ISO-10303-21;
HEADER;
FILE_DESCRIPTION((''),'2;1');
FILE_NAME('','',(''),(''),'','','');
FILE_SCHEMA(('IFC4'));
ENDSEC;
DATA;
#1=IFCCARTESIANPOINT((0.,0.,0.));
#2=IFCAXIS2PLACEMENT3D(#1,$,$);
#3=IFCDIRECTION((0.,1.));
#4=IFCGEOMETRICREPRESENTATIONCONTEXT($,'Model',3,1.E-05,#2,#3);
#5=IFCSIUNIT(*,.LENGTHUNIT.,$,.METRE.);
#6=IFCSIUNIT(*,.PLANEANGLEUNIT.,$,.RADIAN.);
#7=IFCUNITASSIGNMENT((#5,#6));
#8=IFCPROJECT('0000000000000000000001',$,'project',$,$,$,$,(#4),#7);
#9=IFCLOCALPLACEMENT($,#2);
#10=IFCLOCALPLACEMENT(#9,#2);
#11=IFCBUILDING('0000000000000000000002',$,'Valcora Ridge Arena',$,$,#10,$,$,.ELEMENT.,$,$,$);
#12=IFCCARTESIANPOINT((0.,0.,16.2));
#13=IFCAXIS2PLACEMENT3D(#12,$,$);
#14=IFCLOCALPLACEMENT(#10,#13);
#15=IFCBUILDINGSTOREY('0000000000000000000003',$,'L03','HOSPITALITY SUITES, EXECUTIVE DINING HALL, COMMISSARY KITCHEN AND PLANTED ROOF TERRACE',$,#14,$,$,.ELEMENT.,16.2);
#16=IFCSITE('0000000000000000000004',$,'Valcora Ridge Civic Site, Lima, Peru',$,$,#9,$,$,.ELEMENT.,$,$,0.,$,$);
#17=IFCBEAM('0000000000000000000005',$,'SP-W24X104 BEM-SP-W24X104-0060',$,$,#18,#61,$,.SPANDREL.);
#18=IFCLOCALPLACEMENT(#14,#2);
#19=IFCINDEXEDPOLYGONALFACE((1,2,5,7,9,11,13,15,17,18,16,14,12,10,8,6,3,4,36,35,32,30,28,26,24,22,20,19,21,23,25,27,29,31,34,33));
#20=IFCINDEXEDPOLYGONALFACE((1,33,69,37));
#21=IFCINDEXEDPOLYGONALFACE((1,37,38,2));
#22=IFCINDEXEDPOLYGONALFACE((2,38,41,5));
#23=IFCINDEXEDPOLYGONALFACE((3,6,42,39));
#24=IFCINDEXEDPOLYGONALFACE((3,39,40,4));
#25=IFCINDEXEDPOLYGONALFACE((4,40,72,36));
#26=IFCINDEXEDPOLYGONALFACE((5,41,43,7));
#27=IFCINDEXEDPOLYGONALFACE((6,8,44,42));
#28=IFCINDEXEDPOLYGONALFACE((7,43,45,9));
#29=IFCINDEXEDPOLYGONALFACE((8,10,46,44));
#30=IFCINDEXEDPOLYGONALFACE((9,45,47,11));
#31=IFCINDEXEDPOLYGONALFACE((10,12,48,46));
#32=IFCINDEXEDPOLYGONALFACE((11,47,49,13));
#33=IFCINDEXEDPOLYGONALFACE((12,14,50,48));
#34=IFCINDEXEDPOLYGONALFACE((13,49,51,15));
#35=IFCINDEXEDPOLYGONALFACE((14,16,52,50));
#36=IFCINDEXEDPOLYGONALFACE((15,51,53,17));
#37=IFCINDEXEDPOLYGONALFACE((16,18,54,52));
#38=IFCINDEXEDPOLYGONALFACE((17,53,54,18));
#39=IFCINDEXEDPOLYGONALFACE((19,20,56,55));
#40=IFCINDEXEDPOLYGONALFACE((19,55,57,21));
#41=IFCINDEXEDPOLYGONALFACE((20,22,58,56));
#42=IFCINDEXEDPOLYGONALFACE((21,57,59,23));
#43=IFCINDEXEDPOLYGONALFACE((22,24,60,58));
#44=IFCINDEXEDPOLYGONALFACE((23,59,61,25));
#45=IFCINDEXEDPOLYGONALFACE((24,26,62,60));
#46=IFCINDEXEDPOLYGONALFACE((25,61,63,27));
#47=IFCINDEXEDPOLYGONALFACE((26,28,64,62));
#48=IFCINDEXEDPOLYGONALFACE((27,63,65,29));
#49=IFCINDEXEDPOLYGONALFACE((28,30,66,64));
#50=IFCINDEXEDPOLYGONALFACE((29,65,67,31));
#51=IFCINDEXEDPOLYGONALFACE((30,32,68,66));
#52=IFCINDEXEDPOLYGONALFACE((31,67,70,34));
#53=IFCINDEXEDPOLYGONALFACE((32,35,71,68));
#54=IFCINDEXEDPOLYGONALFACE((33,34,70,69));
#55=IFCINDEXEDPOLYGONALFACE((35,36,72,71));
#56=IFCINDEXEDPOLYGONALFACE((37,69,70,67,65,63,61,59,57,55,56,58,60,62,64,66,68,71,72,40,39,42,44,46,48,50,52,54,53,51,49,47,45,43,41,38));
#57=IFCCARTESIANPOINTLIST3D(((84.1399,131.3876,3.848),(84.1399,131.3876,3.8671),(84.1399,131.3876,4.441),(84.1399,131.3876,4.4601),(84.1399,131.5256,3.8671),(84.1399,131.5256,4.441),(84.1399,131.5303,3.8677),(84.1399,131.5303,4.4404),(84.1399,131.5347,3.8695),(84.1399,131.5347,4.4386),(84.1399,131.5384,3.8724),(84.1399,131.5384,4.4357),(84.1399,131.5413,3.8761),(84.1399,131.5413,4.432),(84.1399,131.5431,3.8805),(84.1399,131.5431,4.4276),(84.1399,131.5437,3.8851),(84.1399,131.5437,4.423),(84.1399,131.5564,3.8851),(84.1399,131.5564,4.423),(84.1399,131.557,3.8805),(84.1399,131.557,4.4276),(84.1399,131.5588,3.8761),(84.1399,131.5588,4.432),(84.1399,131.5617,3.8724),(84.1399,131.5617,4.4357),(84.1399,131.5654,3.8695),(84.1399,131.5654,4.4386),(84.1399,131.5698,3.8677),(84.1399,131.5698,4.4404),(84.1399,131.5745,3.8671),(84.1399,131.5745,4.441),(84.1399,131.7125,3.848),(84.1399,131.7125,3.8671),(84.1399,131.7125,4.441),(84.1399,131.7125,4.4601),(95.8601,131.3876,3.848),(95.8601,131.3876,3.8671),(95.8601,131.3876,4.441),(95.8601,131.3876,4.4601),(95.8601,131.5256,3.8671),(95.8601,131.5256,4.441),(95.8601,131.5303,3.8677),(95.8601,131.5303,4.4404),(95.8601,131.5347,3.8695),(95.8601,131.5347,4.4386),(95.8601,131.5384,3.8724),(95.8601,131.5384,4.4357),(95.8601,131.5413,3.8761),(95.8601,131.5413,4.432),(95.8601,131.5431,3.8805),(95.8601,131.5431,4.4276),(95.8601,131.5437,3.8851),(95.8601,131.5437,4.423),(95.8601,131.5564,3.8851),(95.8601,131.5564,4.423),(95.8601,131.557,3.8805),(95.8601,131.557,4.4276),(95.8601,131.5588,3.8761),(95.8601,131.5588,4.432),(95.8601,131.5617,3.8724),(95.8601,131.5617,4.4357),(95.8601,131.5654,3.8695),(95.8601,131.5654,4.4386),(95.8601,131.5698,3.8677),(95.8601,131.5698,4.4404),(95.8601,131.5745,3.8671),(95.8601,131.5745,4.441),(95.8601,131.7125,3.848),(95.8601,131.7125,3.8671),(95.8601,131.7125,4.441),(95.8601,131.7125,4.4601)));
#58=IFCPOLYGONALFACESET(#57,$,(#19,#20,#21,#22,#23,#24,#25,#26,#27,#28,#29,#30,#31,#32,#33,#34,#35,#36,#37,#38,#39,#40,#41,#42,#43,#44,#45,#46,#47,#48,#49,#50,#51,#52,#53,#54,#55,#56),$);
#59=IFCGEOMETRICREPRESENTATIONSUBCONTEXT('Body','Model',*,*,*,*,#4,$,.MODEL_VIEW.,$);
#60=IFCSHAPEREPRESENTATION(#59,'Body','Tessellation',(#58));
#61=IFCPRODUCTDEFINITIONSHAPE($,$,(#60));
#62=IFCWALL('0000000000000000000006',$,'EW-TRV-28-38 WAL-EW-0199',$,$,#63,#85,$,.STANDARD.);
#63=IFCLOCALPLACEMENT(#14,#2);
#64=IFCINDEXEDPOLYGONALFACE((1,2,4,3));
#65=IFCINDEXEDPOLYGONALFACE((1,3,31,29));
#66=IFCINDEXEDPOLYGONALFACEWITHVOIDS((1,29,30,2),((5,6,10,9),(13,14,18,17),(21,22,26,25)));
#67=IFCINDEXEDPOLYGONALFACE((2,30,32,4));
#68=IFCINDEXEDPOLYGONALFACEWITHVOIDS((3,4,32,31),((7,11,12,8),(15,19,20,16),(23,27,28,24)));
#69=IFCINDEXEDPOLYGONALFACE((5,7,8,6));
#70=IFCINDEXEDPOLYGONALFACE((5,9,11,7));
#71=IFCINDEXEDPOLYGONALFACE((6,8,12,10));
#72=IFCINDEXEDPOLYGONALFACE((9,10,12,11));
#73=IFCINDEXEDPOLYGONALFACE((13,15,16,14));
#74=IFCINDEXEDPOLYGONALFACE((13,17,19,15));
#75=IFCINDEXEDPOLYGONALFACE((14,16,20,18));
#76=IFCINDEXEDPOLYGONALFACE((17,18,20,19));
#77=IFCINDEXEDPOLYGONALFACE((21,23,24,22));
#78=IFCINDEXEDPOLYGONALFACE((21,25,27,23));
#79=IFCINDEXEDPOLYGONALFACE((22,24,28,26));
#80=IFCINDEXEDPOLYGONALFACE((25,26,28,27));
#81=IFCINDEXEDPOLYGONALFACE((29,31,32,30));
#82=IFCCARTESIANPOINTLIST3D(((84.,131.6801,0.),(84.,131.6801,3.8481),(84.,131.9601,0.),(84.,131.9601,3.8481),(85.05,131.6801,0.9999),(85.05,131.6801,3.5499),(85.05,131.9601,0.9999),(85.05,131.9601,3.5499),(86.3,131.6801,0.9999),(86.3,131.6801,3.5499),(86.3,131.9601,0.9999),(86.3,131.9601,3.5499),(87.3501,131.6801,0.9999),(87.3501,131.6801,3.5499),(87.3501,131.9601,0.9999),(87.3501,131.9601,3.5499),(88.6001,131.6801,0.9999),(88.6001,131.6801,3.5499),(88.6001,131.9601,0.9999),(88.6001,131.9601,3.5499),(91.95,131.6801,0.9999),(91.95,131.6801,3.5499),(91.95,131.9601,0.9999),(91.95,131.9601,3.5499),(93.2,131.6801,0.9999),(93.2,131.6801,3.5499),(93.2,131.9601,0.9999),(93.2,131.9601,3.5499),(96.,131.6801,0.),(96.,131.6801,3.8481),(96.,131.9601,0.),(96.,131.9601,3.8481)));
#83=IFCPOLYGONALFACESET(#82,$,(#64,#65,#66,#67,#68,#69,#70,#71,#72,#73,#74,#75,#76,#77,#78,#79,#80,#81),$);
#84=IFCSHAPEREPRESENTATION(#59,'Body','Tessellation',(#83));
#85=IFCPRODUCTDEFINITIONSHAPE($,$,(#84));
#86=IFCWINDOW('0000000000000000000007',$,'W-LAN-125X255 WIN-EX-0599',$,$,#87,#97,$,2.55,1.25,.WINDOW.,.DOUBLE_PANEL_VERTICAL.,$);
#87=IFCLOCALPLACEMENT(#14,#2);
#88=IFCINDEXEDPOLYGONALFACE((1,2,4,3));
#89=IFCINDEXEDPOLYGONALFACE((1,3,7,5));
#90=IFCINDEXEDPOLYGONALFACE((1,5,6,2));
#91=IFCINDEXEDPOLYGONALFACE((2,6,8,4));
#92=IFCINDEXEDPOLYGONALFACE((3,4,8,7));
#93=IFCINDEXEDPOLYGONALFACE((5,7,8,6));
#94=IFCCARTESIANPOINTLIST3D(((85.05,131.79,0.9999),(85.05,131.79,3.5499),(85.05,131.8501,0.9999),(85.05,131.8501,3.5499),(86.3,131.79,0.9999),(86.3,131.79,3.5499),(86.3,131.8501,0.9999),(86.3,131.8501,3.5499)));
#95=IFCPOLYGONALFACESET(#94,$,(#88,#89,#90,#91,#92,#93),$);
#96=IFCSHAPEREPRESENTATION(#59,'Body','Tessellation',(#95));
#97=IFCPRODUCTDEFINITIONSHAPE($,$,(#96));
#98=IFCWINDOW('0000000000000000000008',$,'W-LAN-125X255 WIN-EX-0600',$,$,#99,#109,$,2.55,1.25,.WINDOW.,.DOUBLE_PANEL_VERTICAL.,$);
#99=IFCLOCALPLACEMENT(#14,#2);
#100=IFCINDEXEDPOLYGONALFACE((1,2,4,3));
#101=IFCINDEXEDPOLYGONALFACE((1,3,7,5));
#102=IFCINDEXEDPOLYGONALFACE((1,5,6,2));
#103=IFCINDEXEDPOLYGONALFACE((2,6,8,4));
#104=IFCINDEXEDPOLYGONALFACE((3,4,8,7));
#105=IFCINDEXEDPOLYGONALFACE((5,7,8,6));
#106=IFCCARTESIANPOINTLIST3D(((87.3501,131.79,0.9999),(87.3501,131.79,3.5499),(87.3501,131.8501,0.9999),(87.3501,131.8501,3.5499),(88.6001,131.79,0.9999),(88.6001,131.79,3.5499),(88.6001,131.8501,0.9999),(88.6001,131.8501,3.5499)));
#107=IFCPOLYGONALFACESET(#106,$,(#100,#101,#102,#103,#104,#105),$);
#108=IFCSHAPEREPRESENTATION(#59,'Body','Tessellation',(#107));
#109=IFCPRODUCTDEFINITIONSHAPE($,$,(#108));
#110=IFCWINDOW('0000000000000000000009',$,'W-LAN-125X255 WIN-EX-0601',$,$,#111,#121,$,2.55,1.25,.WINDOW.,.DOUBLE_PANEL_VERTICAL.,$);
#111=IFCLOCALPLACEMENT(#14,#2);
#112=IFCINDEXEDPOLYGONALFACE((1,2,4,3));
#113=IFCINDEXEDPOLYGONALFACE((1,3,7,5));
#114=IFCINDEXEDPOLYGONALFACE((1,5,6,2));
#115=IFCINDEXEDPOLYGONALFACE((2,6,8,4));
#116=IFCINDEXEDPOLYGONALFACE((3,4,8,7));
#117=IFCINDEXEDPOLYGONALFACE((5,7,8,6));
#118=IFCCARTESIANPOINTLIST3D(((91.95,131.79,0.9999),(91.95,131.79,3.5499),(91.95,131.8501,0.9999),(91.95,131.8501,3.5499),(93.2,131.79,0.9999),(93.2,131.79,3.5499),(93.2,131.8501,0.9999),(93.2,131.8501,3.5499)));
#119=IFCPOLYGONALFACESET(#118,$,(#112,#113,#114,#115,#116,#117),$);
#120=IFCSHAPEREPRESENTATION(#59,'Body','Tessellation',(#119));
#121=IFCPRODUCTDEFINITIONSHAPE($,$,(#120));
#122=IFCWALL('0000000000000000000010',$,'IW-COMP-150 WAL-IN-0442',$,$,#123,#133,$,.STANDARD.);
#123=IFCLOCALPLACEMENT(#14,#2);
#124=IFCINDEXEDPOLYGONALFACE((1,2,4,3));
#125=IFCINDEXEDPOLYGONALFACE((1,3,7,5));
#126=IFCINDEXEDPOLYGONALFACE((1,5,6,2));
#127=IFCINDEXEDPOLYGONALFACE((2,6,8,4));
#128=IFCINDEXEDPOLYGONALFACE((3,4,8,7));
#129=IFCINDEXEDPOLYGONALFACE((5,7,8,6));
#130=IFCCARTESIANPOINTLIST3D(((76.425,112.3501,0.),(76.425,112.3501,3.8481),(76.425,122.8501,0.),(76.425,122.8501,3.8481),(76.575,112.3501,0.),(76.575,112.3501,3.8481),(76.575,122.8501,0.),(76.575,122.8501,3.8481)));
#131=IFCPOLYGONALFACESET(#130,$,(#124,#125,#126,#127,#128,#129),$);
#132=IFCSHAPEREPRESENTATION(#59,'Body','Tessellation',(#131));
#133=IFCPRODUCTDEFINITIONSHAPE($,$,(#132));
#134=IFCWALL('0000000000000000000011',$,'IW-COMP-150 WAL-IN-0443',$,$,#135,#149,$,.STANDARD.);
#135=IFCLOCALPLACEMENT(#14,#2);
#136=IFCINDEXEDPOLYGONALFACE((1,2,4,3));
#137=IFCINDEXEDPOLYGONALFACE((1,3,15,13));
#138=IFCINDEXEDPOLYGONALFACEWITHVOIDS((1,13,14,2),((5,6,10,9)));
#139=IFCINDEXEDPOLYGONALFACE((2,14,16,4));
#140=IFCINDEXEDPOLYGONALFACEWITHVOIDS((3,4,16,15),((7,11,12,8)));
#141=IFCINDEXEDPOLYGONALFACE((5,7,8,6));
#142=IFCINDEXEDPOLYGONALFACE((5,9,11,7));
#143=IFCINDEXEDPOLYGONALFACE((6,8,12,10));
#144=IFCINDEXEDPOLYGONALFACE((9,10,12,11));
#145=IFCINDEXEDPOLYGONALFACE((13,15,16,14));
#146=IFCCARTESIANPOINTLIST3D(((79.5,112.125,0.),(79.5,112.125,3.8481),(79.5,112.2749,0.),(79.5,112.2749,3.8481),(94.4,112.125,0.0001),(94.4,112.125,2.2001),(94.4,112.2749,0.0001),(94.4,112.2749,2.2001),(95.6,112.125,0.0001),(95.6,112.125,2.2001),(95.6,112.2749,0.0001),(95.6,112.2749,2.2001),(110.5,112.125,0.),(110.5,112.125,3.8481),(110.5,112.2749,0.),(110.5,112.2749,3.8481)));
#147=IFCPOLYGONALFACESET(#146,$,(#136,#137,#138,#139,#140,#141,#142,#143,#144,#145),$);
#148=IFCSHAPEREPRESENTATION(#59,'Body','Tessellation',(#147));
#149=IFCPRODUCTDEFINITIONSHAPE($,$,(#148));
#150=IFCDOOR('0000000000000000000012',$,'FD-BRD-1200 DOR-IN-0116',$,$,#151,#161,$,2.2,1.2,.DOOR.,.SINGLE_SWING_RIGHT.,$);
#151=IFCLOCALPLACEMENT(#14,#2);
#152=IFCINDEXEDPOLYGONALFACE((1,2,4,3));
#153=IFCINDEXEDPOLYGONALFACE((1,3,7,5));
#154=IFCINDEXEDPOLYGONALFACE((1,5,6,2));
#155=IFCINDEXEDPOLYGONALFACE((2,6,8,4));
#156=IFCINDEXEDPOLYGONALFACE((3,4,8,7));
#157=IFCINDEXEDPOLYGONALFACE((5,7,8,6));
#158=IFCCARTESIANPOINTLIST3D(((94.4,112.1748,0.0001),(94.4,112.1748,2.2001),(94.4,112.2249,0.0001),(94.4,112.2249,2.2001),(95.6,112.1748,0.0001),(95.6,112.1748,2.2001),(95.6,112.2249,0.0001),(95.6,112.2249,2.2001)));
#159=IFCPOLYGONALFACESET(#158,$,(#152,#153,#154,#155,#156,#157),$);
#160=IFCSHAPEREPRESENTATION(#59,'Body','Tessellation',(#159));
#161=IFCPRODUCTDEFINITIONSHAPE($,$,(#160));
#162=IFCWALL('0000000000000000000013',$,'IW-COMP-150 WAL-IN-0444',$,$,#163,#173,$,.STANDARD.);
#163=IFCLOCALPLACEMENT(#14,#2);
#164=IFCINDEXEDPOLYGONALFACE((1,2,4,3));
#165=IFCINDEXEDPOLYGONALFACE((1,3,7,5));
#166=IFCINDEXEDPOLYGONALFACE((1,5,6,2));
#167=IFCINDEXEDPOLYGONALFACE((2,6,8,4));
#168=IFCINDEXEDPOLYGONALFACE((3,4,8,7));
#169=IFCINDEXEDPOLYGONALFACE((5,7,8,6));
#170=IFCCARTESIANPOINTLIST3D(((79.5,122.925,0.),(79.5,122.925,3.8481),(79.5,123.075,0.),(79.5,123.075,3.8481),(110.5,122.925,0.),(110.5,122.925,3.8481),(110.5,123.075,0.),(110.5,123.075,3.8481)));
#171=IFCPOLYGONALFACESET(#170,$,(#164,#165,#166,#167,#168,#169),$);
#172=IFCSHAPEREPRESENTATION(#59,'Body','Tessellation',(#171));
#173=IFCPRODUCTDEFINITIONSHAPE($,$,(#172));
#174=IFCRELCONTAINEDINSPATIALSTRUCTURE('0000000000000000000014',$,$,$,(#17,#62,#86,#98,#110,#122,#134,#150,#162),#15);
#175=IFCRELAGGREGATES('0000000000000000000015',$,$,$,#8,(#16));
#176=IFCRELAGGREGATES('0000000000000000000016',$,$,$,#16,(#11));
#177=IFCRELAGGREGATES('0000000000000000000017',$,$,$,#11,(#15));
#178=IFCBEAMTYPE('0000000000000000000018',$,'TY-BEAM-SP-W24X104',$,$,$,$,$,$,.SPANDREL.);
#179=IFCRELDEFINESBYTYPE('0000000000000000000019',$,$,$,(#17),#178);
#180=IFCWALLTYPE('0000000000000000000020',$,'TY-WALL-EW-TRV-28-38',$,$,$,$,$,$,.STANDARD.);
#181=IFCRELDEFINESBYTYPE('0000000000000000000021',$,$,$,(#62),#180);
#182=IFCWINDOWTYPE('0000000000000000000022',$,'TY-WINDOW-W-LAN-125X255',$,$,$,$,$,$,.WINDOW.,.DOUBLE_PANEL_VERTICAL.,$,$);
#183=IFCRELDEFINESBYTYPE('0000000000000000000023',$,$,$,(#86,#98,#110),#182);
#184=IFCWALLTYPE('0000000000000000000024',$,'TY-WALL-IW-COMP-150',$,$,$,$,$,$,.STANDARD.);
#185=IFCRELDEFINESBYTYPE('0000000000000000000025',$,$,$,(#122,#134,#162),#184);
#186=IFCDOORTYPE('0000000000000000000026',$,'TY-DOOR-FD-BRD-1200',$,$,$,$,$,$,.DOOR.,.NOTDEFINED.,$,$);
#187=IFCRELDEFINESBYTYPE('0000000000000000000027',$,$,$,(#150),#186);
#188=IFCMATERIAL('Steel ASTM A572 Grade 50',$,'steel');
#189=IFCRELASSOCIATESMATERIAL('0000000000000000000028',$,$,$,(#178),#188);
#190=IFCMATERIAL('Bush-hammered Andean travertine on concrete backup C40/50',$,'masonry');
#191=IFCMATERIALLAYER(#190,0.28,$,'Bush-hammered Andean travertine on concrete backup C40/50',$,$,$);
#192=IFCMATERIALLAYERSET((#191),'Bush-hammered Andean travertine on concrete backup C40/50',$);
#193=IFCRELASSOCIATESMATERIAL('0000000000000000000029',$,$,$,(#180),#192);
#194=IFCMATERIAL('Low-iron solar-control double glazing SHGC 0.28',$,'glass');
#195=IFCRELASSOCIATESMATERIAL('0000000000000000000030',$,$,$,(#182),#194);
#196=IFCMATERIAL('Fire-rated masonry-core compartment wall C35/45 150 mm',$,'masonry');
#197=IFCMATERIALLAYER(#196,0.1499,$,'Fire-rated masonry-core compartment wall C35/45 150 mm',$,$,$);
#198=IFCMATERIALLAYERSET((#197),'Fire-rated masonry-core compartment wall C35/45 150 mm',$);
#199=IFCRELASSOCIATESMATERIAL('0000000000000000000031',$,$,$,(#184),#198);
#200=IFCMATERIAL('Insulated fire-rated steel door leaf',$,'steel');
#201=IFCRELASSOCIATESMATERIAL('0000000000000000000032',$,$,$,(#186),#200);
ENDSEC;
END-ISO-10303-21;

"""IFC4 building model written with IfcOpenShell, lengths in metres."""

from ifc_helpers import new_model, si_unit, direction, frame, frame_2d, origin, origin_2d, place, context, subcontext, project, spatial, rectangle, i_section, extrude, material, layer, layer_set, material_profile, profile_set, type_object, element, fill, save


model = new_model("IFC4")

# Units and contexts
model_context = context("Model", 3, precision=1e-05, world=origin(), true_north=direction((0.0, 1.0)))
body_context = subcontext(model_context, "Body", "Model", "MODEL_VIEW")
ifc_project = project(units=[si_unit("LENGTHUNIT", "METRE"), si_unit("PLANEANGLEUNIT", "RADIAN")], contexts=[model_context])

# Site, building, storey
site_placement = place(None, origin())
site = spatial("IfcSite", under=ifc_project, at=site_placement, Name="Valcora Ridge Civic Site, Lima, Peru", CompositionType="ELEMENT", RefElevation=0.0)
building_placement = place(site_placement, origin())
building = spatial("IfcBuilding", under=site, at=building_placement, Name="Valcora Ridge Arena", CompositionType="ELEMENT")
storey_placement = place(building_placement, frame((0.0, 0.0, 16.2)))
storey = spatial("IfcBuildingStorey", under=building, at=storey_placement, Name="L03", Description="HOSPITALITY SUITES, EXECUTIVE DINING HALL, COMMISSARY KITCHEN AND PLANTED ROOF TERRACE", CompositionType="ELEMENT", Elevation=16.2)

# Beam
ifc_material_1 = material(Name="Steel ASTM A572 Grade 50", Category="steel")
ifc_material_profile_1 = material_profile(ifc_material_1, i_section(OverallWidth=0.325, OverallDepth=0.6121, WebThickness=0.0127, FlangeThickness=0.019, FilletRadius=0.0181, at=origin_2d()), Name="W24X104")
ifc_profile_set_1 = profile_set([ifc_material_profile_1], Name="Steel ASTM A572 Grade 50")
beam_type_1 = type_object("IfcBeamType", Name="TY-BEAM-SP-W24X104", PredefinedType="SPANDREL", material=ifc_profile_set_1)
beam_1_placement = place(storey_placement, frame((84.1399, 131.55, 4.1541), z_axis=(1.0, 0.0, 0.0), x_axis=(0.0, 1.0, 0.0)))
element("IfcBeam", 1, at=beam_1_placement, inside=storey, type_object=beam_type_1, Name="SP-W24X104 BEM-SP-W24X104-0060", PredefinedType="SPANDREL", context=body_context, shape_type="SweptSolid", body=[
    extrude(i_section(OverallWidth=0.325, OverallDepth=0.6121, WebThickness=0.0127, FlangeThickness=0.019, FilletRadius=0.0181, at=origin_2d()), origin(), (0.0, 0.0, 1.0), 11.7202),
])

# Wall, openings, windows
ifc_material_2 = material(Name="Bush-hammered Andean travertine on concrete backup C40/50", Category="masonry")
ifc_layer_1 = layer(ifc_material_2, 0.28, Name="Bush-hammered Andean travertine on concrete backup C40/50")
ifc_layer_set_1 = layer_set([ifc_layer_1], Name="Bush-hammered Andean travertine on concrete backup C40/50")
wall_type_1 = type_object("IfcWallType", Name="TY-WALL-EW-TRV-28-38", PredefinedType="STANDARD", material=ifc_layer_set_1)
wall_1_placement = place(storey_placement, frame((84.0, 131.8201, 0.0), z_axis=(0.0, 0.0, 1.0), x_axis=(1.0, 0.0, 0.0)))
wall_1 = element("IfcWall", 2, at=wall_1_placement, inside=storey, type_object=wall_type_1, Name="EW-TRV-28-38 WAL-EW-0199", PredefinedType="STANDARD", context=body_context, shape_type="SweptSolid", body=[
    extrude(rectangle(XDim=12.0, YDim=0.28, at=frame_2d((6.0, 0.0))), origin(), (0.0, 0.0, 1.0), 3.8481),
])
opening_1_placement = place(wall_1_placement, frame((1.05, 0.0, 1.0)))
opening_1 = element("IfcOpeningElement", 3, at=opening_1_placement, cuts=wall_1, PredefinedType="OPENING", context=body_context, shape_type="SweptSolid", body=[
    extrude(rectangle(XDim=1.25, YDim=2.55, at=frame_2d((0.625, 1.2749))), frame((0.0, 0.1499, 0.0), z_axis=(0.0, -1.0, 0.0), x_axis=(1.0, 0.0, 0.0)), (0.0, 0.0, 1.0), 0.3),
])
opening_2_placement = place(wall_1_placement, frame((3.3501, 0.0, 1.0)))
opening_2 = element("IfcOpeningElement", 4, at=opening_2_placement, cuts=wall_1, PredefinedType="OPENING", context=body_context, shape_type="SweptSolid", body=[
    extrude(rectangle(XDim=1.25, YDim=2.55, at=frame_2d((0.625, 1.2749))), frame((0.0, 0.1499, 0.0), z_axis=(0.0, -1.0, 0.0), x_axis=(1.0, 0.0, 0.0)), (0.0, 0.0, 1.0), 0.3),
])
opening_3_placement = place(wall_1_placement, frame((7.95, 0.0, 1.0)))
opening_3 = element("IfcOpeningElement", 5, at=opening_3_placement, cuts=wall_1, PredefinedType="OPENING", context=body_context, shape_type="SweptSolid", body=[
    extrude(rectangle(XDim=1.25, YDim=2.55, at=frame_2d((0.625, 1.2749))), frame((0.0, 0.1499, 0.0), z_axis=(0.0, -1.0, 0.0), x_axis=(1.0, 0.0, 0.0)), (0.0, 0.0, 1.0), 0.3),
])
ifc_material_3 = material(Name="Low-iron solar-control double glazing SHGC 0.28", Category="glass")
window_type = type_object("IfcWindowType", Name="TY-WINDOW-W-LAN-125X255", PartitioningType="DOUBLE_PANEL_VERTICAL", PredefinedType="WINDOW", material=ifc_material_3)
window_1_placement = place(opening_1_placement, origin())
window_1 = element("IfcWindow", 6, at=window_1_placement, inside=storey, type_object=window_type, Name="W-LAN-125X255 WIN-EX-0599", OverallHeight=2.55, OverallWidth=1.25, PartitioningType="DOUBLE_PANEL_VERTICAL", PredefinedType="WINDOW", context=body_context, shape_type="SweptSolid", body=[
    extrude(rectangle(XDim=1.25, YDim=2.55, at=frame_2d((0.625, 1.2749))), frame((0.0, 0.03, 0.0), z_axis=(0.0, -1.0, 0.0), x_axis=(1.0, 0.0, 0.0)), (0.0, 0.0, 1.0), 0.0601),
])
fill(opening_1, window_1)
window_2_placement = place(opening_2_placement, origin())
window_2 = element("IfcWindow", 7, at=window_2_placement, inside=storey, type_object=window_type, Name="W-LAN-125X255 WIN-EX-0600", OverallHeight=2.55, OverallWidth=1.25, PartitioningType="DOUBLE_PANEL_VERTICAL", PredefinedType="WINDOW", context=body_context, shape_type="SweptSolid", body=[
    extrude(rectangle(XDim=1.25, YDim=2.55, at=frame_2d((0.625, 1.2749))), frame((0.0, 0.03, 0.0), z_axis=(0.0, -1.0, 0.0), x_axis=(1.0, 0.0, 0.0)), (0.0, 0.0, 1.0), 0.0601),
])
fill(opening_2, window_2)
window_3_placement = place(opening_3_placement, origin())
window_3 = element("IfcWindow", 8, at=window_3_placement, inside=storey, type_object=window_type, Name="W-LAN-125X255 WIN-EX-0601", OverallHeight=2.55, OverallWidth=1.25, PartitioningType="DOUBLE_PANEL_VERTICAL", PredefinedType="WINDOW", context=body_context, shape_type="SweptSolid", body=[
    extrude(rectangle(XDim=1.25, YDim=2.55, at=frame_2d((0.625, 1.2749))), frame((0.0, 0.03, 0.0), z_axis=(0.0, -1.0, 0.0), x_axis=(1.0, 0.0, 0.0)), (0.0, 0.0, 1.0), 0.0601),
])
fill(opening_3, window_3)

# Wall
ifc_material_4 = material(Name="Fire-rated masonry-core compartment wall C35/45 150 mm", Category="masonry")
ifc_layer_2 = layer(ifc_material_4, 0.1499, Name="Fire-rated masonry-core compartment wall C35/45 150 mm")
ifc_layer_set_2 = layer_set([ifc_layer_2], Name="Fire-rated masonry-core compartment wall C35/45 150 mm")
wall_type_2 = type_object("IfcWallType", Name="TY-WALL-IW-COMP-150", PredefinedType="STANDARD", material=ifc_layer_set_2)
wall_2_placement = place(storey_placement, frame((76.5, 112.3501, 0.0), z_axis=(0.0, 0.0, 1.0), x_axis=(0.0, 1.0, 0.0)))
element("IfcWall", 9, at=wall_2_placement, inside=storey, type_object=wall_type_2, Name="IW-COMP-150 WAL-IN-0442", PredefinedType="STANDARD", context=body_context, shape_type="SweptSolid", body=[
    extrude(rectangle(XDim=10.5, YDim=0.1499, at=frame_2d((5.25, 0.0))), origin(), (0.0, 0.0, 1.0), 3.8481),
])

# Wall, opening, door
wall_3_placement = place(storey_placement, frame((79.5, 112.2, 0.0), z_axis=(0.0, 0.0, 1.0), x_axis=(1.0, 0.0, 0.0)))
wall_3 = element("IfcWall", 10, at=wall_3_placement, inside=storey, type_object=wall_type_2, Name="IW-COMP-150 WAL-IN-0443", PredefinedType="STANDARD", context=body_context, shape_type="SweptSolid", body=[
    extrude(rectangle(XDim=31.0, YDim=0.1499, at=frame_2d((15.5, 0.0))), origin(), (0.0, 0.0, 1.0), 3.8481),
])
opening_4_placement = place(wall_3_placement, frame((14.8999, 0.0, 0.0)))
opening_4 = element("IfcOpeningElement", 11, at=opening_4_placement, cuts=wall_3, PredefinedType="OPENING", context=body_context, shape_type="SweptSolid", body=[
    extrude(rectangle(XDim=1.2, YDim=2.2, at=frame_2d((0.6001, 1.1001))), frame((0.0, 0.085, 0.0), z_axis=(0.0, -1.0, 0.0), x_axis=(1.0, 0.0, 0.0)), (0.0, 0.0, 1.0), 0.1699),
])
ifc_material_5 = material(Name="Insulated fire-rated steel door leaf", Category="steel")
door_type = type_object("IfcDoorType", Name="TY-DOOR-FD-BRD-1200", OperationType="NOTDEFINED", PredefinedType="DOOR", material=ifc_material_5)
door_placement = place(opening_4_placement, origin())
door = element("IfcDoor", 12, at=door_placement, inside=storey, type_object=door_type, Name="FD-BRD-1200 DOR-IN-0116", OperationType="SINGLE_SWING_RIGHT", OverallHeight=2.2, OverallWidth=1.2, PredefinedType="DOOR", context=body_context, shape_type="SweptSolid", body=[
    extrude(rectangle(XDim=1.2, YDim=2.2, at=frame_2d((0.6001, 1.1001))), frame((0.0, 0.0249, 0.0), z_axis=(0.0, -1.0, 0.0), x_axis=(1.0, 0.0, 0.0)), (0.0, 0.0, 1.0), 0.05),
])
fill(opening_4, door)

# Wall
wall_4_placement = place(storey_placement, frame((79.5, 123.0, 0.0), z_axis=(0.0, 0.0, 1.0), x_axis=(1.0, 0.0, 0.0)))
element("IfcWall", 13, at=wall_4_placement, inside=storey, type_object=wall_type_2, Name="IW-COMP-150 WAL-IN-0444", PredefinedType="STANDARD", context=body_context, shape_type="SweptSolid", body=[
    extrude(rectangle(XDim=31.0, YDim=0.1499, at=frame_2d((15.5, 0.0))), origin(), (0.0, 0.0, 1.0), 3.8481),
])

save(model, "model.ifc")
